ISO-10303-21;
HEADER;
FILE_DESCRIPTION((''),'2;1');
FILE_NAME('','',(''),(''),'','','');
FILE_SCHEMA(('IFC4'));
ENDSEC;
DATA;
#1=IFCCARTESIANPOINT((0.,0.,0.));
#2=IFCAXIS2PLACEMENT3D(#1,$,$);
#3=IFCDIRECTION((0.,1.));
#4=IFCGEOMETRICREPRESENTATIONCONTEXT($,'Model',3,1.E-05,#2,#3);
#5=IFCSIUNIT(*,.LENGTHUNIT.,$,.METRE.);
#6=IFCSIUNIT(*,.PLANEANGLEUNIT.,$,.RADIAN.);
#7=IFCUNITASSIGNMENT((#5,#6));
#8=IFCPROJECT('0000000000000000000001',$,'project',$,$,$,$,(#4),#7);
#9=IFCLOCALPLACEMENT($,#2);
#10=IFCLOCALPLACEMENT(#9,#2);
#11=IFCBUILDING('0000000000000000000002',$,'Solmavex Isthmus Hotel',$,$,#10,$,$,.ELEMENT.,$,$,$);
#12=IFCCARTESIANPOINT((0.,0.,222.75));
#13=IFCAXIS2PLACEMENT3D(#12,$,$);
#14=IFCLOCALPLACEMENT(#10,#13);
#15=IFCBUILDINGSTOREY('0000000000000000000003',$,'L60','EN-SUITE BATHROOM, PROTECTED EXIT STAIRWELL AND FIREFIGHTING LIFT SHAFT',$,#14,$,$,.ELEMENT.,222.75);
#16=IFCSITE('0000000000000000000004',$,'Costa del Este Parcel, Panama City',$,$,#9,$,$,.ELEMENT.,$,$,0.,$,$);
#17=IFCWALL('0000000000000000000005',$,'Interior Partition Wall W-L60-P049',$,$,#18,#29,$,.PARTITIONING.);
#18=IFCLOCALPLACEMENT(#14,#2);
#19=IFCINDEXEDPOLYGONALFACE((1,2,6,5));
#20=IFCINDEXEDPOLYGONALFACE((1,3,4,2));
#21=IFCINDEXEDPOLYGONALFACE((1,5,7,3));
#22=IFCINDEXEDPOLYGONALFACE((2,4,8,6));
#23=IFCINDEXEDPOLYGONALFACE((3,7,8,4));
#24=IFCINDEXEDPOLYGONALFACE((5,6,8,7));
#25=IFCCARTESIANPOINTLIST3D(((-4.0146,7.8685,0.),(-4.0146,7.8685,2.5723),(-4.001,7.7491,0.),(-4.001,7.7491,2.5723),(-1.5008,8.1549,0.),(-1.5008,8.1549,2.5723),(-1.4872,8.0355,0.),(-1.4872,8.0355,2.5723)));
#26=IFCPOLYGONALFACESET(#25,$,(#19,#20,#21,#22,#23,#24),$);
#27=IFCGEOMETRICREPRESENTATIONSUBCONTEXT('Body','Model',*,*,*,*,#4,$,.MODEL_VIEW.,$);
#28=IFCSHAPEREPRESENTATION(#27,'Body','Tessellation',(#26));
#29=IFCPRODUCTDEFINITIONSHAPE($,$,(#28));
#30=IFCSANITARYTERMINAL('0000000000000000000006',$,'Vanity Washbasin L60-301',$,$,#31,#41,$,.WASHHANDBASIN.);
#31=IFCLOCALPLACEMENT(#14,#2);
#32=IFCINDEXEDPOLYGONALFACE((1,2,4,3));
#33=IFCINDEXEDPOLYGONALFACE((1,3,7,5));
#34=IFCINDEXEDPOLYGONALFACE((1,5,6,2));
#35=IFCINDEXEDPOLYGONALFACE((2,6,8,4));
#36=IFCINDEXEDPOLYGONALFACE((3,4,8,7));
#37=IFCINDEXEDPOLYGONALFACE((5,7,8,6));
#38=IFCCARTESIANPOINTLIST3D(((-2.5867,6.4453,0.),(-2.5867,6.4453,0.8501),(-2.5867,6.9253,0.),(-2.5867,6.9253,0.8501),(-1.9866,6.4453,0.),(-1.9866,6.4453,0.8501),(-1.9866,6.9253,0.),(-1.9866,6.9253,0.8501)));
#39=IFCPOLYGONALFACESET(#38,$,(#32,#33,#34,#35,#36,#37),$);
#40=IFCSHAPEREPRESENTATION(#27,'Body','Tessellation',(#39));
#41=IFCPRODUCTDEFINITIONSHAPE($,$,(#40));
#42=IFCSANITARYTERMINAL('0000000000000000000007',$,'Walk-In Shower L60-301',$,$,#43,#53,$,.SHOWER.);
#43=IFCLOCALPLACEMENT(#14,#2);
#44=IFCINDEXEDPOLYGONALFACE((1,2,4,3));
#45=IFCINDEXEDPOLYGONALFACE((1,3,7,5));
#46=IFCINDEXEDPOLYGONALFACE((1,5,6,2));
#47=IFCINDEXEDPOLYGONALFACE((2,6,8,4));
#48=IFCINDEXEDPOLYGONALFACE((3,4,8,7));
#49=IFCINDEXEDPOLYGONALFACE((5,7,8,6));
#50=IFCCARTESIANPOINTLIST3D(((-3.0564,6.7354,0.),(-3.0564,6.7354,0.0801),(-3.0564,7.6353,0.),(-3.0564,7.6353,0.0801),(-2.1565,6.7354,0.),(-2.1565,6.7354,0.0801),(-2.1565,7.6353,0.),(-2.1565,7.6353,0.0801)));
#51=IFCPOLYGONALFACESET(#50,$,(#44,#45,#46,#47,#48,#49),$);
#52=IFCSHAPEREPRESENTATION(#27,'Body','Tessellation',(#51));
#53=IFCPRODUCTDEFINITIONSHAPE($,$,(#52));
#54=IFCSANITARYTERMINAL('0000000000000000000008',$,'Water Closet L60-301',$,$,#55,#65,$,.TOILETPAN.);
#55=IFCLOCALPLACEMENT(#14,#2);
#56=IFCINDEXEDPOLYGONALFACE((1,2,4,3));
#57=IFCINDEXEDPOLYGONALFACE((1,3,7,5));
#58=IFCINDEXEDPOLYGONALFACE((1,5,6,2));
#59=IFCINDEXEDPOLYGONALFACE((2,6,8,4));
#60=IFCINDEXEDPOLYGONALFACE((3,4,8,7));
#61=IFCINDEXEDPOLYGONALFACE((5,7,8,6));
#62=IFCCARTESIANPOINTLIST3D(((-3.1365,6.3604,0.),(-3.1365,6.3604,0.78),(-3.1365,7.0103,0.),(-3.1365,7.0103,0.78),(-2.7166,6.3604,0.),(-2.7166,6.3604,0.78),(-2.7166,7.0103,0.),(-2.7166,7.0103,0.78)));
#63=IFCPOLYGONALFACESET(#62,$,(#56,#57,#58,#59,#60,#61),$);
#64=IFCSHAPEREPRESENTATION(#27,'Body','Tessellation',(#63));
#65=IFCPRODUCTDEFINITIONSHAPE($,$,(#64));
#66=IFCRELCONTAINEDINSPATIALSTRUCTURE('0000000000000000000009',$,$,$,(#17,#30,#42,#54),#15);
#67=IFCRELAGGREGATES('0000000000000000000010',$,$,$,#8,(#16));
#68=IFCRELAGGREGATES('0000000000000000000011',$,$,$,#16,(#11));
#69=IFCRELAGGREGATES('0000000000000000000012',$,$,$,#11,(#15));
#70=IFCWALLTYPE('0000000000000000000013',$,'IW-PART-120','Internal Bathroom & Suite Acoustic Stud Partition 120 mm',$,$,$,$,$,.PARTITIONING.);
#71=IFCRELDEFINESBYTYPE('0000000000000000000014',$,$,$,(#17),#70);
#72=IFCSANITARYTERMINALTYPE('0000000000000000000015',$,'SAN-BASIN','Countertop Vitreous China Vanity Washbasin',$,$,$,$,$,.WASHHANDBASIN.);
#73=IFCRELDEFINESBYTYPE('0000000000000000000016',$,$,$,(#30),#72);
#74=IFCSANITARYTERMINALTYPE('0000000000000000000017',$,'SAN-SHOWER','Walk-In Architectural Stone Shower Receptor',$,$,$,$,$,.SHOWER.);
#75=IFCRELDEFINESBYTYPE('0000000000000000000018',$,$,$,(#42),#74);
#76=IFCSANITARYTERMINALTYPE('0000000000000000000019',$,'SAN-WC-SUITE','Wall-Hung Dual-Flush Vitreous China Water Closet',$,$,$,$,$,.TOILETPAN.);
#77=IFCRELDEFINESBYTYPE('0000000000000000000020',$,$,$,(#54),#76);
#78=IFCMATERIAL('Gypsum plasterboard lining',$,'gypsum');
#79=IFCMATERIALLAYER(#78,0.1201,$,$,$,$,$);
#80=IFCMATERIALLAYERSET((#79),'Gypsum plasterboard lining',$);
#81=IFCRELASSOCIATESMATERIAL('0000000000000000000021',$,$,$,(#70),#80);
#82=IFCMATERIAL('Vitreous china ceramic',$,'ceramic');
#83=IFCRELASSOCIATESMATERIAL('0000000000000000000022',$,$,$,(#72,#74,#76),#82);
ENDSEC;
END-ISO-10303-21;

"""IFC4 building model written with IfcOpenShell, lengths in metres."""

from ifc_helpers import new_model, si_unit, direction, frame, frame_2d, origin, origin_2d, place, context, subcontext, project, spatial, rectangle, extrude, material, layer, layer_set, type_object, element, save


model = new_model("IFC4")

# Units and contexts
model_context = context("Model", 3, precision=1e-05, world=origin(), true_north=direction((0.0, 1.0)))
body_context = subcontext(model_context, "Body", "Model", "MODEL_VIEW")
ifc_project = project(units=[si_unit("LENGTHUNIT", "METRE"), si_unit("PLANEANGLEUNIT", "RADIAN")], contexts=[model_context])

# Site, building, storey
site_placement = place(None, origin())
site = spatial("IfcSite", under=ifc_project, at=site_placement, Name="Costa del Este Parcel, Panama City", CompositionType="ELEMENT", RefElevation=0.0)
building_placement = place(site_placement, origin())
building = spatial("IfcBuilding", under=site, at=building_placement, Name="Solmavex Isthmus Hotel", CompositionType="ELEMENT")
storey_placement = place(building_placement, frame((0.0, 0.0, 222.75)))
storey = spatial("IfcBuildingStorey", under=building, at=storey_placement, Name="L60", Description="EN-SUITE BATHROOM, PROTECTED EXIT STAIRWELL AND FIREFIGHTING LIFT SHAFT", CompositionType="ELEMENT", Elevation=222.75)

# Shared definitions
ifc_material_1 = material(Name="Gypsum plasterboard lining", Category="gypsum")

# Shared definitions
ifc_layer_1 = layer(ifc_material_1, 0.1201)
ifc_layer_set_1 = layer_set([ifc_layer_1], Name="Gypsum plasterboard lining")
wall_type_1 = type_object("IfcWallType", Name="IW-PART-120", Description="Internal Bathroom & Suite Acoustic Stud Partition 120 mm", PredefinedType="PARTITIONING", material=ifc_layer_set_1)

# Wall
wall_1_placement = place(storey_placement, frame((-1.4939, 8.0952, 0.0), z_axis=(0.0, 0.0, 1.0), x_axis=(-0.993573, -0.113195, 0.0)))
element("IfcWall", 1, at=wall_1_placement, inside=storey, type_object=wall_type_1, Name="Interior Partition Wall W-L60-P049", PredefinedType="PARTITIONING", context=body_context, shape_type="SweptSolid", body=[
    extrude(rectangle(XDim=2.53, YDim=0.1201, at=frame_2d((1.2651, 0.0))), origin(), (0.0, 0.0, 1.0), 2.5723),
])

# Sanitary terminals
ifc_material_2 = material(Name="Vitreous china ceramic", Category="ceramic")
sanitary_terminal_type_1 = type_object("IfcSanitaryTerminalType", Name="SAN-BASIN", Description="Countertop Vitreous China Vanity Washbasin", PredefinedType="WASHHANDBASIN", material=ifc_material_2)
sanitary_terminal_1_placement = place(storey_placement, frame((-2.2866, 6.6853, 0.0), z_axis=(0.0, 0.0, 1.0), x_axis=(1.0, 0.0, 0.0)))
element("IfcSanitaryTerminal", 2, at=sanitary_terminal_1_placement, inside=storey, type_object=sanitary_terminal_type_1, Name="Vanity Washbasin L60-301", PredefinedType="WASHHANDBASIN", context=body_context, shape_type="SweptSolid", body=[
    extrude(rectangle(XDim=0.6001, YDim=0.48, at=origin_2d()), origin(), (0.0, 0.0, 1.0), 0.8501),
])
sanitary_terminal_type_2 = type_object("IfcSanitaryTerminalType", Name="SAN-SHOWER", Description="Walk-In Architectural Stone Shower Receptor", PredefinedType="SHOWER", material=ifc_material_2)
sanitary_terminal_2_placement = place(storey_placement, frame((-2.6064, 7.1853, 0.0), z_axis=(0.0, 0.0, 1.0), x_axis=(1.0, 0.0, 0.0)))
element("IfcSanitaryTerminal", 3, at=sanitary_terminal_2_placement, inside=storey, type_object=sanitary_terminal_type_2, Name="Walk-In Shower L60-301", PredefinedType="SHOWER", context=body_context, shape_type="SweptSolid", body=[
    extrude(rectangle(XDim=0.8999, YDim=0.8999, at=origin_2d()), origin(), (0.0, 0.0, 1.0), 0.0801),
])
sanitary_terminal_type_3 = type_object("IfcSanitaryTerminalType", Name="SAN-WC-SUITE", Description="Wall-Hung Dual-Flush Vitreous China Water Closet", PredefinedType="TOILETPAN", material=ifc_material_2)
sanitary_terminal_3_placement = place(storey_placement, frame((-2.9265, 6.6853, 0.0), z_axis=(0.0, 0.0, 1.0), x_axis=(1.0, 0.0, 0.0)))
element("IfcSanitaryTerminal", 4, at=sanitary_terminal_3_placement, inside=storey, type_object=sanitary_terminal_type_3, Name="Water Closet L60-301", PredefinedType="TOILETPAN", context=body_context, shape_type="SweptSolid", body=[
    extrude(rectangle(XDim=0.4199, YDim=0.6499, at=origin_2d()), origin(), (0.0, 0.0, 1.0), 0.78),
])

save(model, "model.ifc")
